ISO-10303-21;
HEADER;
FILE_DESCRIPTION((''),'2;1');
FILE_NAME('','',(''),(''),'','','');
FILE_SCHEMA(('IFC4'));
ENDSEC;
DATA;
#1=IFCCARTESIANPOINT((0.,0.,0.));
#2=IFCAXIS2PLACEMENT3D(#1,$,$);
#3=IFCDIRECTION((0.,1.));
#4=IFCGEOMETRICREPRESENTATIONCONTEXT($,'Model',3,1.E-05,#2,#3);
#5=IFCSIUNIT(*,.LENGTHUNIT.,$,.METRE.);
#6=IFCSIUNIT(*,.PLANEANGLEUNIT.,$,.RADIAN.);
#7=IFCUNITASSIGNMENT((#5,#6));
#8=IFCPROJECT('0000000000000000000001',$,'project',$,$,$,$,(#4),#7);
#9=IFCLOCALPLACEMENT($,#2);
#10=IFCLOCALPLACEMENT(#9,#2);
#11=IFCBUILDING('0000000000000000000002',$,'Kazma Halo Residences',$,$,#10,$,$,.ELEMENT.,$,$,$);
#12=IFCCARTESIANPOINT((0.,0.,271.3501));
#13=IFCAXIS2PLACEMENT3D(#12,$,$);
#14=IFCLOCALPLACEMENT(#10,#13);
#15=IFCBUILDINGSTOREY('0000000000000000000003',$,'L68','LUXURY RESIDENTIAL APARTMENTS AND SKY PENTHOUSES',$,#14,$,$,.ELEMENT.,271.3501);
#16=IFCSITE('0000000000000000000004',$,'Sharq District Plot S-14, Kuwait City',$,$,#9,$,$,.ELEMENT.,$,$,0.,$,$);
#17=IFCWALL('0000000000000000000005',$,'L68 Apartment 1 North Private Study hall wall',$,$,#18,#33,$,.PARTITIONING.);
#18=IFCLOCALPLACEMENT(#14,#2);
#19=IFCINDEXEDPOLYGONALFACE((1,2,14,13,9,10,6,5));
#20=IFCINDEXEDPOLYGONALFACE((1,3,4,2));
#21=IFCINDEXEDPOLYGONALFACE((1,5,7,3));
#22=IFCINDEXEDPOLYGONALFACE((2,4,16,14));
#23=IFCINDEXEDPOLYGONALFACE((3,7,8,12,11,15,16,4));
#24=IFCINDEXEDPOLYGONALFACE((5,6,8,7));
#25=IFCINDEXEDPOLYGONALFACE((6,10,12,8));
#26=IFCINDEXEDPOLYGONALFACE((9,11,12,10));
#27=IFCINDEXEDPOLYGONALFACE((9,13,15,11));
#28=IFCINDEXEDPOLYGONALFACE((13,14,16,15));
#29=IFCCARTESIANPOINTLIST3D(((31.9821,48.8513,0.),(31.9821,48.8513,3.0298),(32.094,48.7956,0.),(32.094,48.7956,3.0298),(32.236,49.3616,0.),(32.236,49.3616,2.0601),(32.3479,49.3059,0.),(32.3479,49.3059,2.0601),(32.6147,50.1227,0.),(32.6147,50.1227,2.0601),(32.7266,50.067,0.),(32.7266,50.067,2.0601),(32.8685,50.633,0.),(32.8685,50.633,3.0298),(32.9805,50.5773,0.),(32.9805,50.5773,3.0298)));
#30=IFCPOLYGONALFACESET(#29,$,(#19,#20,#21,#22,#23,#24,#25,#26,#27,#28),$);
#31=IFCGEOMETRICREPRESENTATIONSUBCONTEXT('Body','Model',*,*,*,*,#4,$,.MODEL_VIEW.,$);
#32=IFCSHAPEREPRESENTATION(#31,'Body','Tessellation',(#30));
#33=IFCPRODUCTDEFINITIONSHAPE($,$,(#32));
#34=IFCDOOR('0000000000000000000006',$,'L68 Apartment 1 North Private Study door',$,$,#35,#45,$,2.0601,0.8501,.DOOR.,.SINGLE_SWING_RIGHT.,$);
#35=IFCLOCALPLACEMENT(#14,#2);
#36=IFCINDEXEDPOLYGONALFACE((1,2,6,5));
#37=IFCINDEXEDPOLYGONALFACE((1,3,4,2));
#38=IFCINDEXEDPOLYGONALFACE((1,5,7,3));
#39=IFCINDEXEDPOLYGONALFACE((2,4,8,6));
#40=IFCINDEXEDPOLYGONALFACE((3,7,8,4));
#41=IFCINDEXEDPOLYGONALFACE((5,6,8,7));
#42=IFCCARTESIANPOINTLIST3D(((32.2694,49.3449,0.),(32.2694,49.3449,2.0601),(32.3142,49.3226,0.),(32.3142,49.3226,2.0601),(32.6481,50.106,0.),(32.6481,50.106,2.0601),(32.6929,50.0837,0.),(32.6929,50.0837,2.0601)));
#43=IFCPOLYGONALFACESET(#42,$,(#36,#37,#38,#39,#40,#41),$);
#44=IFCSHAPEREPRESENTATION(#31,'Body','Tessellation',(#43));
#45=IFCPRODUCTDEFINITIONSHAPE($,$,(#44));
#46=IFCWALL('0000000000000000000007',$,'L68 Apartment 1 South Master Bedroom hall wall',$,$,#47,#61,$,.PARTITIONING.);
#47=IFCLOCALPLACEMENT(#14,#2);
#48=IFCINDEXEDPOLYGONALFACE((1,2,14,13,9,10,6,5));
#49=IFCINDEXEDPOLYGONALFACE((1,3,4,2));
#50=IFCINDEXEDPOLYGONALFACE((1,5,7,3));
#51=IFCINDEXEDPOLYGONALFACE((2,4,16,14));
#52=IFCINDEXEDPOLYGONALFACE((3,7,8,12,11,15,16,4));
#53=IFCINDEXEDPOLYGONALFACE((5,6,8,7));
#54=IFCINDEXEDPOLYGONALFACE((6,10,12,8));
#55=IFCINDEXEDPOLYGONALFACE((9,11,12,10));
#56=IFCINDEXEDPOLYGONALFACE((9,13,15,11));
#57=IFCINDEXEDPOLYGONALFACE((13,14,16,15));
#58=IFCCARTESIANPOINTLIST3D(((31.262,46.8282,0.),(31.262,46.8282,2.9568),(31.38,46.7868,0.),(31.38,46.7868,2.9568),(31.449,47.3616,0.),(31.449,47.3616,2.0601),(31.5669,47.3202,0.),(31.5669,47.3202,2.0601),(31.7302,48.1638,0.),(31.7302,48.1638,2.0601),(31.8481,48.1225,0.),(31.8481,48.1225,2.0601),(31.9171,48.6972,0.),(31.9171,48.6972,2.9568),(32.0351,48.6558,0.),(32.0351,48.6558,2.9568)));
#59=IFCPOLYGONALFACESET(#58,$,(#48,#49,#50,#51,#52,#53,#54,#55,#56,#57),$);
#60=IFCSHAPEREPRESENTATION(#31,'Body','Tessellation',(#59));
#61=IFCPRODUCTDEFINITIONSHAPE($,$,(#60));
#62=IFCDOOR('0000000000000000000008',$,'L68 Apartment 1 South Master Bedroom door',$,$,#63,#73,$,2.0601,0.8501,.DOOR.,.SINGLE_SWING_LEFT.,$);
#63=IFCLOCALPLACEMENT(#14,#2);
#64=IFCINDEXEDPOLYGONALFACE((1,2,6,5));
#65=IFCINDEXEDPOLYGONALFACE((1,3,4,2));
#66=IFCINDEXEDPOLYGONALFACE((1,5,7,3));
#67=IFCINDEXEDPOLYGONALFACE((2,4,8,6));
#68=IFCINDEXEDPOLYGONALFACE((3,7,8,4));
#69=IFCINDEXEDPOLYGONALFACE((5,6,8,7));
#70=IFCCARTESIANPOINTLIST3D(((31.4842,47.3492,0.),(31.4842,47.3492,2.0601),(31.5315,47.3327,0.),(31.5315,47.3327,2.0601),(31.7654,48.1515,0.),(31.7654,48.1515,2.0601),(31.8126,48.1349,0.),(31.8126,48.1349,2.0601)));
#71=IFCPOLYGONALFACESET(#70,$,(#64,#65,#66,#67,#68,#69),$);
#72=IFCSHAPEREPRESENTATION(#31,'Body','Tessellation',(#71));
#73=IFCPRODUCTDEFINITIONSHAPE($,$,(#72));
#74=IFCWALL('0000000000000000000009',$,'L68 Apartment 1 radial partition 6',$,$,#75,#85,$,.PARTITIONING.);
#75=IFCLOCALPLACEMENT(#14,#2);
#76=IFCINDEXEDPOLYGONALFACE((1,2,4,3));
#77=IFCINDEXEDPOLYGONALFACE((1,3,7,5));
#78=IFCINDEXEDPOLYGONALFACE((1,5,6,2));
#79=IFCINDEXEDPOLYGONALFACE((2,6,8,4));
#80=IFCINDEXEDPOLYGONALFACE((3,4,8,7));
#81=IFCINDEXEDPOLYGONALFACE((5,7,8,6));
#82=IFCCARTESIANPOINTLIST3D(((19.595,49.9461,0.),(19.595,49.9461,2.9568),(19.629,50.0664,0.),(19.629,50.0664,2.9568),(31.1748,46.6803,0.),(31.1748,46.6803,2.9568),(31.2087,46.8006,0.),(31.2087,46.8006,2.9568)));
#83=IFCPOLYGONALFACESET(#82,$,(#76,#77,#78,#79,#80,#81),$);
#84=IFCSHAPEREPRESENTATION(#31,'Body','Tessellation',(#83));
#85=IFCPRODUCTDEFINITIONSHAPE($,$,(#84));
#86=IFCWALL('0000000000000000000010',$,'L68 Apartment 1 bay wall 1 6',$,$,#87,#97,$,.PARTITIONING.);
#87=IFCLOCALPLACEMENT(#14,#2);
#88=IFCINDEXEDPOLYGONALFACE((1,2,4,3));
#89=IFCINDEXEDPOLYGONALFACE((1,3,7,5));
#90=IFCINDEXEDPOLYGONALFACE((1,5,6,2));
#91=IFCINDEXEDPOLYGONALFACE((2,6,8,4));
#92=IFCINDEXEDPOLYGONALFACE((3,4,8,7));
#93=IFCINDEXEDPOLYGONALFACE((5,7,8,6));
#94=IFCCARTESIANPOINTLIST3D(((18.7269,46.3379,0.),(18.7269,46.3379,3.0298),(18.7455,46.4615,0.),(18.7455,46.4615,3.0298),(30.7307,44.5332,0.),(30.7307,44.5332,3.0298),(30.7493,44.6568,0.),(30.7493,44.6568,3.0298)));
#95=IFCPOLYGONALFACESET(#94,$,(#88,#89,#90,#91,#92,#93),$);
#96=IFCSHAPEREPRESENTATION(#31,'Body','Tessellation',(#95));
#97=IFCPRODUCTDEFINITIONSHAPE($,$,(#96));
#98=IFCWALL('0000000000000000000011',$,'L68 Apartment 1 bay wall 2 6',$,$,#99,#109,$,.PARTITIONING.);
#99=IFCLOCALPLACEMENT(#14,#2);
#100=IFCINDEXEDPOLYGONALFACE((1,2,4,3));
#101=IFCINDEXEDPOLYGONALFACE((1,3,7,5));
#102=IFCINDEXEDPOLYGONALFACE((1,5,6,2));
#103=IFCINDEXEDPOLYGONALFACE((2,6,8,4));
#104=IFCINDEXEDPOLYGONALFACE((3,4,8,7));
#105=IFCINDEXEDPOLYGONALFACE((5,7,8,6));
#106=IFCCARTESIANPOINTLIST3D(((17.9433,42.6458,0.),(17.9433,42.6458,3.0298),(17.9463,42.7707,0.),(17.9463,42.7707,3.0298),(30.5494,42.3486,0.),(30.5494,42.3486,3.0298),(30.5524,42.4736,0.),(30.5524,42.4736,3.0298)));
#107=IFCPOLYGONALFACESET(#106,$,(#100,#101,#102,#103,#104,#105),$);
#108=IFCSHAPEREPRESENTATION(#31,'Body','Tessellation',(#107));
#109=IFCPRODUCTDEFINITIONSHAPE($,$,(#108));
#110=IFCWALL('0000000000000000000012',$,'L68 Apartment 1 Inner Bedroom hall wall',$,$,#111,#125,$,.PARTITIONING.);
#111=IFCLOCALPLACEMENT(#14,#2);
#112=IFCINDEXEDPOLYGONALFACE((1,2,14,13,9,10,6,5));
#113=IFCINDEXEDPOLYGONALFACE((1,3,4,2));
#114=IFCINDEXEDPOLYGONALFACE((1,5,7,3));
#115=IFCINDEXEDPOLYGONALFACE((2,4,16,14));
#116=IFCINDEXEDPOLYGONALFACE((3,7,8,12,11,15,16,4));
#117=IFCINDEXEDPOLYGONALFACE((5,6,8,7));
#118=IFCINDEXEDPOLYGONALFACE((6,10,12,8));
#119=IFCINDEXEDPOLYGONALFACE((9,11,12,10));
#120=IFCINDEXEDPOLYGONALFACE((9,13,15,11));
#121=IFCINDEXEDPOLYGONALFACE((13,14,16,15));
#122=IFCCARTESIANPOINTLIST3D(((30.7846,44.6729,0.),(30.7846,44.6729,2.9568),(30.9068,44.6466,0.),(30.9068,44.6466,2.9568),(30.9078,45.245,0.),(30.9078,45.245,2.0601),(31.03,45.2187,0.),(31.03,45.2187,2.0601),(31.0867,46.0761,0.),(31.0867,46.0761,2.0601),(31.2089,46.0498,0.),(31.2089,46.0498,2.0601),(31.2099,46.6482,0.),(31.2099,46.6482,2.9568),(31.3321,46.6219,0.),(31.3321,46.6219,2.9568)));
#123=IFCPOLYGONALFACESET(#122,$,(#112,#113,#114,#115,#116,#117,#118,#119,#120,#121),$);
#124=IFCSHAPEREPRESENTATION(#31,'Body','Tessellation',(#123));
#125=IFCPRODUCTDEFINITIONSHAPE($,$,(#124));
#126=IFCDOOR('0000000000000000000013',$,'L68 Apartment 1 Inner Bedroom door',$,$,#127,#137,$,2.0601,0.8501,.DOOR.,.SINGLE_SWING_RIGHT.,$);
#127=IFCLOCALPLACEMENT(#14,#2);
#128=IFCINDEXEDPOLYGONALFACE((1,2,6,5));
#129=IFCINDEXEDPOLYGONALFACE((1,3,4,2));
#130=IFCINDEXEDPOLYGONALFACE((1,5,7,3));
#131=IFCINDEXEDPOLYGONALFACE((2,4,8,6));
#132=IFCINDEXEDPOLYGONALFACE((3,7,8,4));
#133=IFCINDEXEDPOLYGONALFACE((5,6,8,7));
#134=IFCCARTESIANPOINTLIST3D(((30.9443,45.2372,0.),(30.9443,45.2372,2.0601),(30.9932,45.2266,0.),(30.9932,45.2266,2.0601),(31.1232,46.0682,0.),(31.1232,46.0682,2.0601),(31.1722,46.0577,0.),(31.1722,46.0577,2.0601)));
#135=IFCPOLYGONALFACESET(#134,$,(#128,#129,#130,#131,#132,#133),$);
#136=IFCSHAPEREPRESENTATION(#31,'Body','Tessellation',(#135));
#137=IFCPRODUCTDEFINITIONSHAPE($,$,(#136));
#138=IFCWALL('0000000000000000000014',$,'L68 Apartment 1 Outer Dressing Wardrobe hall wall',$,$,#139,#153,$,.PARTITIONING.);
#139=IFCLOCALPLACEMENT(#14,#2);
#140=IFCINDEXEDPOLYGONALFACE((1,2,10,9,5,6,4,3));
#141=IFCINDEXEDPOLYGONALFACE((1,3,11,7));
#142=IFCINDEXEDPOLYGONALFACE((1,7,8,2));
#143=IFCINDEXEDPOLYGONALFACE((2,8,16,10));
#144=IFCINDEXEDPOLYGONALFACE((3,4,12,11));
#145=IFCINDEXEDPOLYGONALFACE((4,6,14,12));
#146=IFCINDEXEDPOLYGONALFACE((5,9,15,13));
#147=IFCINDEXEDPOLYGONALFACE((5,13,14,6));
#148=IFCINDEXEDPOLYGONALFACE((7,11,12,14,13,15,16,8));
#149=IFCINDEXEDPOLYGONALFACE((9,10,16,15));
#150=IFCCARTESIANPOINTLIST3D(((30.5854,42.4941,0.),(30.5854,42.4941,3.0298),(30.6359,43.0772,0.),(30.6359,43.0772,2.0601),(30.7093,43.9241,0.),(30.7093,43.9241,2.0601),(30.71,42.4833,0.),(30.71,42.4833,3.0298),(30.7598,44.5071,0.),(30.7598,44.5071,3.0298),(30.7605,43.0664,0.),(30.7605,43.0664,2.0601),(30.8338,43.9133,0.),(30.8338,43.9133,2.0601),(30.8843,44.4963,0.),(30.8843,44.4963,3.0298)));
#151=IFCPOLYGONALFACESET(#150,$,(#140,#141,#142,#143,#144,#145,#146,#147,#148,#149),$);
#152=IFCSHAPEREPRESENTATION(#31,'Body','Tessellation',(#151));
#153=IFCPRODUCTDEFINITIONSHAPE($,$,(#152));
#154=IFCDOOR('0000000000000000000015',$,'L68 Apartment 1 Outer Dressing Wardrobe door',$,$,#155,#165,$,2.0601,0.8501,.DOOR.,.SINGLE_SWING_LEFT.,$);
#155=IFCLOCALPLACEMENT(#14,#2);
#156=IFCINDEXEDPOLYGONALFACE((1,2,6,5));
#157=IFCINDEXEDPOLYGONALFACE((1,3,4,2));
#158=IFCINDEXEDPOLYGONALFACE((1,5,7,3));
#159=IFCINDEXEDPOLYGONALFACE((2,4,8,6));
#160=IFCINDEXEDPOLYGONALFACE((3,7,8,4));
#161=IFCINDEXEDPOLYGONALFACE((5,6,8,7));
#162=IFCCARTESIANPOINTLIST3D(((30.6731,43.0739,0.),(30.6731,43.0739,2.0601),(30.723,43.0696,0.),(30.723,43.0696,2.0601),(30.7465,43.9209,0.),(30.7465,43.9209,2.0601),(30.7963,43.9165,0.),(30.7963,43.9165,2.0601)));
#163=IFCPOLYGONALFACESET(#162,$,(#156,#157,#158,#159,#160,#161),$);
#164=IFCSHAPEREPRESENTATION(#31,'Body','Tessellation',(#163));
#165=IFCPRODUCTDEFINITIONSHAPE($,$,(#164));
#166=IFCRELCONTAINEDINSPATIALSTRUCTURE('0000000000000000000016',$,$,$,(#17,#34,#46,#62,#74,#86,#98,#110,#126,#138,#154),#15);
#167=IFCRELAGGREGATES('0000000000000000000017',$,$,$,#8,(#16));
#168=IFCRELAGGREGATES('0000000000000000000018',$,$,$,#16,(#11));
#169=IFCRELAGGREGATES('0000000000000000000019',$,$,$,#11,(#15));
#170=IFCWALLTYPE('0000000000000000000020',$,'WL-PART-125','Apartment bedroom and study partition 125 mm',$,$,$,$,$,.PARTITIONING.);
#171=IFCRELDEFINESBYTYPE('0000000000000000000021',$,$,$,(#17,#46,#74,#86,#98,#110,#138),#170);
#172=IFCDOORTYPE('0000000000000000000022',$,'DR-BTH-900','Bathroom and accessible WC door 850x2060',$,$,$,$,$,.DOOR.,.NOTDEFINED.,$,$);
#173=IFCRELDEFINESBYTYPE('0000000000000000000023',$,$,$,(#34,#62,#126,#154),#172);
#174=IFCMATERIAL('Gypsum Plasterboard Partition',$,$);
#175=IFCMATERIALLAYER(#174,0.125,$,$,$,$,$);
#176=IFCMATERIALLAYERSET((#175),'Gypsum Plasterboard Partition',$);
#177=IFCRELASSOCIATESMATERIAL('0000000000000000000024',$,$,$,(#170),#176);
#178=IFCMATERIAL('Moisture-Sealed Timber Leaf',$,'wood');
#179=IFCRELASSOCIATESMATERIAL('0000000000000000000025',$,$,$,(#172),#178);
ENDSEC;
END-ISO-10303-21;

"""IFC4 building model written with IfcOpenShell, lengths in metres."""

from ifc_helpers import new_model, si_unit, direction, frame, frame_2d, origin, place, context, subcontext, project, spatial, rectangle, extrude, material, layer, layer_set, type_object, element, fill, save


model = new_model("IFC4")

# Units and contexts
model_context = context("Model", 3, precision=1e-05, world=origin(), true_north=direction((0.0, 1.0)))
body_context = subcontext(model_context, "Body", "Model", "MODEL_VIEW")
ifc_project = project(units=[si_unit("LENGTHUNIT", "METRE"), si_unit("PLANEANGLEUNIT", "RADIAN")], contexts=[model_context])

# Site, building, storey
site_placement = place(None, origin())
site = spatial("IfcSite", under=ifc_project, at=site_placement, Name="Sharq District Plot S-14, Kuwait City", CompositionType="ELEMENT", RefElevation=0.0)
building_placement = place(site_placement, origin())
building = spatial("IfcBuilding", under=site, at=building_placement, Name="Kazma Halo Residences", CompositionType="ELEMENT")
storey_placement = place(building_placement, frame((0.0, 0.0, 271.3501)))
storey = spatial("IfcBuildingStorey", under=building, at=storey_placement, Name="L68", Description="LUXURY RESIDENTIAL APARTMENTS AND SKY PENTHOUSES", CompositionType="ELEMENT", Elevation=271.3501)

# Shared definitions
ifc_material_1 = material(Name="Gypsum Plasterboard Partition")
ifc_layer_1 = layer(ifc_material_1, 0.125)
ifc_layer_set_1 = layer_set([ifc_layer_1], Name="Gypsum Plasterboard Partition")
wall_type_1 = type_object("IfcWallType", Name="WL-PART-125", Description="Apartment bedroom and study partition 125 mm", PredefinedType="PARTITIONING", material=ifc_layer_set_1)

# Walls, openings, doors
wall_1_placement = place(storey_placement, frame((32.9246, 50.6052, 0.0), z_axis=(0.0, 0.0, 1.0), x_axis=(-0.445446, -0.895309, 0.0)))
wall_1 = element("IfcWall", 1, at=wall_1_placement, inside=storey, type_object=wall_type_1, Name="L68 Apartment 1 North Private Study hall wall", PredefinedType="PARTITIONING", context=body_context, shape_type="SweptSolid", body=[
    extrude(rectangle(XDim=1.99, YDim=0.125, at=frame_2d((0.9951, 0.0))), origin(), (0.0, 0.0, 1.0), 3.0298),
])
opening_1_placement = place(wall_1_placement, frame((0.5701, 0.0, 0.0)))
opening_1 = element("IfcOpeningElement", 2, at=opening_1_placement, cuts=wall_1, PredefinedType="OPENING", context=body_context, shape_type="SweptSolid", body=[
    extrude(rectangle(XDim=0.8501, YDim=2.0601, at=frame_2d((0.425, 1.03))), frame((0.0, 0.0725, 0.0), z_axis=(0.0, -1.0, 0.0), x_axis=(1.0, 0.0, 0.0)), (0.0, 0.0, 1.0), 0.145),
])
ifc_material_2 = material(Name="Moisture-Sealed Timber Leaf", Category="wood")
door_type = type_object("IfcDoorType", Name="DR-BTH-900", Description="Bathroom and accessible WC door 850x2060", OperationType="NOTDEFINED", PredefinedType="DOOR", material=ifc_material_2)
door_1_placement = place(opening_1_placement, origin())
door_1 = element("IfcDoor", 3, at=door_1_placement, inside=storey, type_object=door_type, Name="L68 Apartment 1 North Private Study door", OperationType="SINGLE_SWING_RIGHT", OverallHeight=2.0601, OverallWidth=0.8501, PredefinedType="DOOR", context=body_context, shape_type="SweptSolid", body=[
    extrude(rectangle(XDim=0.8501, YDim=2.0601, at=frame_2d((0.425, 1.03))), frame((0.0, 0.0249, 0.0), z_axis=(0.0, -1.0, 0.0), x_axis=(1.0, 0.0, 0.0)), (0.0, 0.0, 1.0), 0.05),
])
fill(opening_1, door_1)
wall_2_placement = place(storey_placement, frame((31.9761, 48.6765, 0.0), z_axis=(0.0, 0.0, 1.0), x_axis=(-0.330762, -0.943714, 0.0)))
wall_2 = element("IfcWall", 4, at=wall_2_placement, inside=storey, type_object=wall_type_1, Name="L68 Apartment 1 South Master Bedroom hall wall", PredefinedType="PARTITIONING", context=body_context, shape_type="SweptSolid", body=[
    extrude(rectangle(XDim=1.9805, YDim=0.125, at=frame_2d((0.9902, 0.0))), origin(), (0.0, 0.0, 1.0), 2.9568),
])
opening_2_placement = place(wall_2_placement, frame((0.5652, 0.0, 0.0)))
opening_2 = element("IfcOpeningElement", 5, at=opening_2_placement, cuts=wall_2, PredefinedType="OPENING", context=body_context, shape_type="SweptSolid", body=[
    extrude(rectangle(XDim=0.8501, YDim=2.0601, at=frame_2d((0.425, 1.03))), frame((0.0, 0.0725, 0.0), z_axis=(0.0, -1.0, 0.0), x_axis=(1.0, 0.0, 0.0)), (0.0, 0.0, 1.0), 0.145),
])
door_2_placement = place(opening_2_placement, origin())
door_2 = element("IfcDoor", 6, at=door_2_placement, inside=storey, type_object=door_type, Name="L68 Apartment 1 South Master Bedroom door", OperationType="SINGLE_SWING_LEFT", OverallHeight=2.0601, OverallWidth=0.8501, PredefinedType="DOOR", context=body_context, shape_type="SweptSolid", body=[
    extrude(rectangle(XDim=0.8501, YDim=2.0601, at=frame_2d((0.425, 1.03))), frame((0.0, 0.0249, 0.0), z_axis=(0.0, -1.0, 0.0), x_axis=(1.0, 0.0, 0.0)), (0.0, 0.0, 1.0), 0.05),
])
fill(opening_2, door_2)

# Walls
wall_3_placement = place(storey_placement, frame((31.1917, 46.7405, 0.0), z_axis=(0.0, 0.0, 1.0), x_axis=(-0.962455, 0.271442, 0.0)))
element("IfcWall", 7, at=wall_3_placement, inside=storey, type_object=wall_type_1, Name="L68 Apartment 1 radial partition 6", PredefinedType="PARTITIONING", context=body_context, shape_type="SweptSolid", body=[
    extrude(rectangle(XDim=12.0315, YDim=0.125, at=frame_2d((6.0156, 0.0))), origin(), (0.0, 0.0, 1.0), 2.9568),
])
wall_4_placement = place(storey_placement, frame((30.74, 44.595, 0.0), z_axis=(0.0, 0.0, 1.0), x_axis=(-0.988886, 0.148674, 0.0)))
element("IfcWall", 8, at=wall_4_placement, inside=storey, type_object=wall_type_1, Name="L68 Apartment 1 bay wall 1 6", PredefinedType="PARTITIONING", context=body_context, shape_type="SweptSolid", body=[
    extrude(rectangle(XDim=12.1387, YDim=0.125, at=frame_2d((6.0693, 0.0))), origin(), (0.0, 0.0, 1.0), 3.0298),
])
wall_5_placement = place(storey_placement, frame((30.5508, 42.4111, 0.0), z_axis=(0.0, 0.0, 1.0), x_axis=(-0.999722, 0.023563, 0.0)))
element("IfcWall", 9, at=wall_5_placement, inside=storey, type_object=wall_type_1, Name="L68 Apartment 1 bay wall 2 6", PredefinedType="PARTITIONING", context=body_context, shape_type="SweptSolid", body=[
    extrude(rectangle(XDim=12.6096, YDim=0.125, at=frame_2d((6.3047, 0.0))), origin(), (0.0, 0.0, 1.0), 3.0298),
])

# Walls, openings, doors
wall_6_placement = place(storey_placement, frame((31.271, 46.635, 0.0), z_axis=(0.0, 0.0, 1.0), x_axis=(-0.210478, -0.977599, 0.0)))
wall_6 = element("IfcWall", 10, at=wall_6_placement, inside=storey, type_object=wall_type_1, Name="L68 Apartment 1 Inner Bedroom hall wall", PredefinedType="PARTITIONING", context=body_context, shape_type="SweptSolid", body=[
    extrude(rectangle(XDim=2.0205, YDim=0.125, at=frame_2d((1.0103, 0.0))), origin(), (0.0, 0.0, 1.0), 2.9568),
])
opening_3_placement = place(wall_6_placement, frame((0.5852, 0.0, 0.0)))
opening_3 = element("IfcOpeningElement", 11, at=opening_3_placement, cuts=wall_6, PredefinedType="OPENING", context=body_context, shape_type="SweptSolid", body=[
    extrude(rectangle(XDim=0.8501, YDim=2.0601, at=frame_2d((0.425, 1.03))), frame((0.0, 0.0725, 0.0), z_axis=(0.0, -1.0, 0.0), x_axis=(1.0, 0.0, 0.0)), (0.0, 0.0, 1.0), 0.145),
])
door_3_placement = place(opening_3_placement, origin())
door_3 = element("IfcDoor", 12, at=door_3_placement, inside=storey, type_object=door_type, Name="L68 Apartment 1 Inner Bedroom door", OperationType="SINGLE_SWING_RIGHT", OverallHeight=2.0601, OverallWidth=0.8501, PredefinedType="DOOR", context=body_context, shape_type="SweptSolid", body=[
    extrude(rectangle(XDim=0.8501, YDim=2.0601, at=frame_2d((0.425, 1.03))), frame((0.0, 0.0249, 0.0), z_axis=(0.0, -1.0, 0.0), x_axis=(1.0, 0.0, 0.0)), (0.0, 0.0, 1.0), 0.05),
])
fill(opening_3, door_3)
wall_7_placement = place(storey_placement, frame((30.822, 44.5017, 0.0), z_axis=(0.0, 0.0, 1.0), x_axis=(-0.086275, -0.996271, 0.0)))
wall_7 = element("IfcWall", 13, at=wall_7_placement, inside=storey, type_object=wall_type_1, Name="L68 Apartment 1 Outer Dressing Wardrobe hall wall", PredefinedType="PARTITIONING", context=body_context, shape_type="SweptSolid", body=[
    extrude(rectangle(XDim=2.0205, YDim=0.125, at=frame_2d((1.0103, 0.0))), origin(), (0.0, 0.0, 1.0), 3.0298),
])
opening_4_placement = place(wall_7_placement, frame((0.5852, 0.0, 0.0)))
opening_4 = element("IfcOpeningElement", 14, at=opening_4_placement, cuts=wall_7, PredefinedType="OPENING", context=body_context, shape_type="SweptSolid", body=[
    extrude(rectangle(XDim=0.8501, YDim=2.0601, at=frame_2d((0.425, 1.03))), frame((0.0, 0.0725, 0.0), z_axis=(0.0, -1.0, 0.0), x_axis=(1.0, 0.0, 0.0)), (0.0, 0.0, 1.0), 0.145),
])
door_4_placement = place(opening_4_placement, origin())
door_4 = element("IfcDoor", 15, at=door_4_placement, inside=storey, type_object=door_type, Name="L68 Apartment 1 Outer Dressing Wardrobe door", OperationType="SINGLE_SWING_LEFT", OverallHeight=2.0601, OverallWidth=0.8501, PredefinedType="DOOR", context=body_context, shape_type="SweptSolid", body=[
    extrude(rectangle(XDim=0.8501, YDim=2.0601, at=frame_2d((0.425, 1.03))), frame((0.0, 0.0249, 0.0), z_axis=(0.0, -1.0, 0.0), x_axis=(1.0, 0.0, 0.0)), (0.0, 0.0, 1.0), 0.05),
])
fill(opening_4, door_4)

save(model, "model.ifc")
